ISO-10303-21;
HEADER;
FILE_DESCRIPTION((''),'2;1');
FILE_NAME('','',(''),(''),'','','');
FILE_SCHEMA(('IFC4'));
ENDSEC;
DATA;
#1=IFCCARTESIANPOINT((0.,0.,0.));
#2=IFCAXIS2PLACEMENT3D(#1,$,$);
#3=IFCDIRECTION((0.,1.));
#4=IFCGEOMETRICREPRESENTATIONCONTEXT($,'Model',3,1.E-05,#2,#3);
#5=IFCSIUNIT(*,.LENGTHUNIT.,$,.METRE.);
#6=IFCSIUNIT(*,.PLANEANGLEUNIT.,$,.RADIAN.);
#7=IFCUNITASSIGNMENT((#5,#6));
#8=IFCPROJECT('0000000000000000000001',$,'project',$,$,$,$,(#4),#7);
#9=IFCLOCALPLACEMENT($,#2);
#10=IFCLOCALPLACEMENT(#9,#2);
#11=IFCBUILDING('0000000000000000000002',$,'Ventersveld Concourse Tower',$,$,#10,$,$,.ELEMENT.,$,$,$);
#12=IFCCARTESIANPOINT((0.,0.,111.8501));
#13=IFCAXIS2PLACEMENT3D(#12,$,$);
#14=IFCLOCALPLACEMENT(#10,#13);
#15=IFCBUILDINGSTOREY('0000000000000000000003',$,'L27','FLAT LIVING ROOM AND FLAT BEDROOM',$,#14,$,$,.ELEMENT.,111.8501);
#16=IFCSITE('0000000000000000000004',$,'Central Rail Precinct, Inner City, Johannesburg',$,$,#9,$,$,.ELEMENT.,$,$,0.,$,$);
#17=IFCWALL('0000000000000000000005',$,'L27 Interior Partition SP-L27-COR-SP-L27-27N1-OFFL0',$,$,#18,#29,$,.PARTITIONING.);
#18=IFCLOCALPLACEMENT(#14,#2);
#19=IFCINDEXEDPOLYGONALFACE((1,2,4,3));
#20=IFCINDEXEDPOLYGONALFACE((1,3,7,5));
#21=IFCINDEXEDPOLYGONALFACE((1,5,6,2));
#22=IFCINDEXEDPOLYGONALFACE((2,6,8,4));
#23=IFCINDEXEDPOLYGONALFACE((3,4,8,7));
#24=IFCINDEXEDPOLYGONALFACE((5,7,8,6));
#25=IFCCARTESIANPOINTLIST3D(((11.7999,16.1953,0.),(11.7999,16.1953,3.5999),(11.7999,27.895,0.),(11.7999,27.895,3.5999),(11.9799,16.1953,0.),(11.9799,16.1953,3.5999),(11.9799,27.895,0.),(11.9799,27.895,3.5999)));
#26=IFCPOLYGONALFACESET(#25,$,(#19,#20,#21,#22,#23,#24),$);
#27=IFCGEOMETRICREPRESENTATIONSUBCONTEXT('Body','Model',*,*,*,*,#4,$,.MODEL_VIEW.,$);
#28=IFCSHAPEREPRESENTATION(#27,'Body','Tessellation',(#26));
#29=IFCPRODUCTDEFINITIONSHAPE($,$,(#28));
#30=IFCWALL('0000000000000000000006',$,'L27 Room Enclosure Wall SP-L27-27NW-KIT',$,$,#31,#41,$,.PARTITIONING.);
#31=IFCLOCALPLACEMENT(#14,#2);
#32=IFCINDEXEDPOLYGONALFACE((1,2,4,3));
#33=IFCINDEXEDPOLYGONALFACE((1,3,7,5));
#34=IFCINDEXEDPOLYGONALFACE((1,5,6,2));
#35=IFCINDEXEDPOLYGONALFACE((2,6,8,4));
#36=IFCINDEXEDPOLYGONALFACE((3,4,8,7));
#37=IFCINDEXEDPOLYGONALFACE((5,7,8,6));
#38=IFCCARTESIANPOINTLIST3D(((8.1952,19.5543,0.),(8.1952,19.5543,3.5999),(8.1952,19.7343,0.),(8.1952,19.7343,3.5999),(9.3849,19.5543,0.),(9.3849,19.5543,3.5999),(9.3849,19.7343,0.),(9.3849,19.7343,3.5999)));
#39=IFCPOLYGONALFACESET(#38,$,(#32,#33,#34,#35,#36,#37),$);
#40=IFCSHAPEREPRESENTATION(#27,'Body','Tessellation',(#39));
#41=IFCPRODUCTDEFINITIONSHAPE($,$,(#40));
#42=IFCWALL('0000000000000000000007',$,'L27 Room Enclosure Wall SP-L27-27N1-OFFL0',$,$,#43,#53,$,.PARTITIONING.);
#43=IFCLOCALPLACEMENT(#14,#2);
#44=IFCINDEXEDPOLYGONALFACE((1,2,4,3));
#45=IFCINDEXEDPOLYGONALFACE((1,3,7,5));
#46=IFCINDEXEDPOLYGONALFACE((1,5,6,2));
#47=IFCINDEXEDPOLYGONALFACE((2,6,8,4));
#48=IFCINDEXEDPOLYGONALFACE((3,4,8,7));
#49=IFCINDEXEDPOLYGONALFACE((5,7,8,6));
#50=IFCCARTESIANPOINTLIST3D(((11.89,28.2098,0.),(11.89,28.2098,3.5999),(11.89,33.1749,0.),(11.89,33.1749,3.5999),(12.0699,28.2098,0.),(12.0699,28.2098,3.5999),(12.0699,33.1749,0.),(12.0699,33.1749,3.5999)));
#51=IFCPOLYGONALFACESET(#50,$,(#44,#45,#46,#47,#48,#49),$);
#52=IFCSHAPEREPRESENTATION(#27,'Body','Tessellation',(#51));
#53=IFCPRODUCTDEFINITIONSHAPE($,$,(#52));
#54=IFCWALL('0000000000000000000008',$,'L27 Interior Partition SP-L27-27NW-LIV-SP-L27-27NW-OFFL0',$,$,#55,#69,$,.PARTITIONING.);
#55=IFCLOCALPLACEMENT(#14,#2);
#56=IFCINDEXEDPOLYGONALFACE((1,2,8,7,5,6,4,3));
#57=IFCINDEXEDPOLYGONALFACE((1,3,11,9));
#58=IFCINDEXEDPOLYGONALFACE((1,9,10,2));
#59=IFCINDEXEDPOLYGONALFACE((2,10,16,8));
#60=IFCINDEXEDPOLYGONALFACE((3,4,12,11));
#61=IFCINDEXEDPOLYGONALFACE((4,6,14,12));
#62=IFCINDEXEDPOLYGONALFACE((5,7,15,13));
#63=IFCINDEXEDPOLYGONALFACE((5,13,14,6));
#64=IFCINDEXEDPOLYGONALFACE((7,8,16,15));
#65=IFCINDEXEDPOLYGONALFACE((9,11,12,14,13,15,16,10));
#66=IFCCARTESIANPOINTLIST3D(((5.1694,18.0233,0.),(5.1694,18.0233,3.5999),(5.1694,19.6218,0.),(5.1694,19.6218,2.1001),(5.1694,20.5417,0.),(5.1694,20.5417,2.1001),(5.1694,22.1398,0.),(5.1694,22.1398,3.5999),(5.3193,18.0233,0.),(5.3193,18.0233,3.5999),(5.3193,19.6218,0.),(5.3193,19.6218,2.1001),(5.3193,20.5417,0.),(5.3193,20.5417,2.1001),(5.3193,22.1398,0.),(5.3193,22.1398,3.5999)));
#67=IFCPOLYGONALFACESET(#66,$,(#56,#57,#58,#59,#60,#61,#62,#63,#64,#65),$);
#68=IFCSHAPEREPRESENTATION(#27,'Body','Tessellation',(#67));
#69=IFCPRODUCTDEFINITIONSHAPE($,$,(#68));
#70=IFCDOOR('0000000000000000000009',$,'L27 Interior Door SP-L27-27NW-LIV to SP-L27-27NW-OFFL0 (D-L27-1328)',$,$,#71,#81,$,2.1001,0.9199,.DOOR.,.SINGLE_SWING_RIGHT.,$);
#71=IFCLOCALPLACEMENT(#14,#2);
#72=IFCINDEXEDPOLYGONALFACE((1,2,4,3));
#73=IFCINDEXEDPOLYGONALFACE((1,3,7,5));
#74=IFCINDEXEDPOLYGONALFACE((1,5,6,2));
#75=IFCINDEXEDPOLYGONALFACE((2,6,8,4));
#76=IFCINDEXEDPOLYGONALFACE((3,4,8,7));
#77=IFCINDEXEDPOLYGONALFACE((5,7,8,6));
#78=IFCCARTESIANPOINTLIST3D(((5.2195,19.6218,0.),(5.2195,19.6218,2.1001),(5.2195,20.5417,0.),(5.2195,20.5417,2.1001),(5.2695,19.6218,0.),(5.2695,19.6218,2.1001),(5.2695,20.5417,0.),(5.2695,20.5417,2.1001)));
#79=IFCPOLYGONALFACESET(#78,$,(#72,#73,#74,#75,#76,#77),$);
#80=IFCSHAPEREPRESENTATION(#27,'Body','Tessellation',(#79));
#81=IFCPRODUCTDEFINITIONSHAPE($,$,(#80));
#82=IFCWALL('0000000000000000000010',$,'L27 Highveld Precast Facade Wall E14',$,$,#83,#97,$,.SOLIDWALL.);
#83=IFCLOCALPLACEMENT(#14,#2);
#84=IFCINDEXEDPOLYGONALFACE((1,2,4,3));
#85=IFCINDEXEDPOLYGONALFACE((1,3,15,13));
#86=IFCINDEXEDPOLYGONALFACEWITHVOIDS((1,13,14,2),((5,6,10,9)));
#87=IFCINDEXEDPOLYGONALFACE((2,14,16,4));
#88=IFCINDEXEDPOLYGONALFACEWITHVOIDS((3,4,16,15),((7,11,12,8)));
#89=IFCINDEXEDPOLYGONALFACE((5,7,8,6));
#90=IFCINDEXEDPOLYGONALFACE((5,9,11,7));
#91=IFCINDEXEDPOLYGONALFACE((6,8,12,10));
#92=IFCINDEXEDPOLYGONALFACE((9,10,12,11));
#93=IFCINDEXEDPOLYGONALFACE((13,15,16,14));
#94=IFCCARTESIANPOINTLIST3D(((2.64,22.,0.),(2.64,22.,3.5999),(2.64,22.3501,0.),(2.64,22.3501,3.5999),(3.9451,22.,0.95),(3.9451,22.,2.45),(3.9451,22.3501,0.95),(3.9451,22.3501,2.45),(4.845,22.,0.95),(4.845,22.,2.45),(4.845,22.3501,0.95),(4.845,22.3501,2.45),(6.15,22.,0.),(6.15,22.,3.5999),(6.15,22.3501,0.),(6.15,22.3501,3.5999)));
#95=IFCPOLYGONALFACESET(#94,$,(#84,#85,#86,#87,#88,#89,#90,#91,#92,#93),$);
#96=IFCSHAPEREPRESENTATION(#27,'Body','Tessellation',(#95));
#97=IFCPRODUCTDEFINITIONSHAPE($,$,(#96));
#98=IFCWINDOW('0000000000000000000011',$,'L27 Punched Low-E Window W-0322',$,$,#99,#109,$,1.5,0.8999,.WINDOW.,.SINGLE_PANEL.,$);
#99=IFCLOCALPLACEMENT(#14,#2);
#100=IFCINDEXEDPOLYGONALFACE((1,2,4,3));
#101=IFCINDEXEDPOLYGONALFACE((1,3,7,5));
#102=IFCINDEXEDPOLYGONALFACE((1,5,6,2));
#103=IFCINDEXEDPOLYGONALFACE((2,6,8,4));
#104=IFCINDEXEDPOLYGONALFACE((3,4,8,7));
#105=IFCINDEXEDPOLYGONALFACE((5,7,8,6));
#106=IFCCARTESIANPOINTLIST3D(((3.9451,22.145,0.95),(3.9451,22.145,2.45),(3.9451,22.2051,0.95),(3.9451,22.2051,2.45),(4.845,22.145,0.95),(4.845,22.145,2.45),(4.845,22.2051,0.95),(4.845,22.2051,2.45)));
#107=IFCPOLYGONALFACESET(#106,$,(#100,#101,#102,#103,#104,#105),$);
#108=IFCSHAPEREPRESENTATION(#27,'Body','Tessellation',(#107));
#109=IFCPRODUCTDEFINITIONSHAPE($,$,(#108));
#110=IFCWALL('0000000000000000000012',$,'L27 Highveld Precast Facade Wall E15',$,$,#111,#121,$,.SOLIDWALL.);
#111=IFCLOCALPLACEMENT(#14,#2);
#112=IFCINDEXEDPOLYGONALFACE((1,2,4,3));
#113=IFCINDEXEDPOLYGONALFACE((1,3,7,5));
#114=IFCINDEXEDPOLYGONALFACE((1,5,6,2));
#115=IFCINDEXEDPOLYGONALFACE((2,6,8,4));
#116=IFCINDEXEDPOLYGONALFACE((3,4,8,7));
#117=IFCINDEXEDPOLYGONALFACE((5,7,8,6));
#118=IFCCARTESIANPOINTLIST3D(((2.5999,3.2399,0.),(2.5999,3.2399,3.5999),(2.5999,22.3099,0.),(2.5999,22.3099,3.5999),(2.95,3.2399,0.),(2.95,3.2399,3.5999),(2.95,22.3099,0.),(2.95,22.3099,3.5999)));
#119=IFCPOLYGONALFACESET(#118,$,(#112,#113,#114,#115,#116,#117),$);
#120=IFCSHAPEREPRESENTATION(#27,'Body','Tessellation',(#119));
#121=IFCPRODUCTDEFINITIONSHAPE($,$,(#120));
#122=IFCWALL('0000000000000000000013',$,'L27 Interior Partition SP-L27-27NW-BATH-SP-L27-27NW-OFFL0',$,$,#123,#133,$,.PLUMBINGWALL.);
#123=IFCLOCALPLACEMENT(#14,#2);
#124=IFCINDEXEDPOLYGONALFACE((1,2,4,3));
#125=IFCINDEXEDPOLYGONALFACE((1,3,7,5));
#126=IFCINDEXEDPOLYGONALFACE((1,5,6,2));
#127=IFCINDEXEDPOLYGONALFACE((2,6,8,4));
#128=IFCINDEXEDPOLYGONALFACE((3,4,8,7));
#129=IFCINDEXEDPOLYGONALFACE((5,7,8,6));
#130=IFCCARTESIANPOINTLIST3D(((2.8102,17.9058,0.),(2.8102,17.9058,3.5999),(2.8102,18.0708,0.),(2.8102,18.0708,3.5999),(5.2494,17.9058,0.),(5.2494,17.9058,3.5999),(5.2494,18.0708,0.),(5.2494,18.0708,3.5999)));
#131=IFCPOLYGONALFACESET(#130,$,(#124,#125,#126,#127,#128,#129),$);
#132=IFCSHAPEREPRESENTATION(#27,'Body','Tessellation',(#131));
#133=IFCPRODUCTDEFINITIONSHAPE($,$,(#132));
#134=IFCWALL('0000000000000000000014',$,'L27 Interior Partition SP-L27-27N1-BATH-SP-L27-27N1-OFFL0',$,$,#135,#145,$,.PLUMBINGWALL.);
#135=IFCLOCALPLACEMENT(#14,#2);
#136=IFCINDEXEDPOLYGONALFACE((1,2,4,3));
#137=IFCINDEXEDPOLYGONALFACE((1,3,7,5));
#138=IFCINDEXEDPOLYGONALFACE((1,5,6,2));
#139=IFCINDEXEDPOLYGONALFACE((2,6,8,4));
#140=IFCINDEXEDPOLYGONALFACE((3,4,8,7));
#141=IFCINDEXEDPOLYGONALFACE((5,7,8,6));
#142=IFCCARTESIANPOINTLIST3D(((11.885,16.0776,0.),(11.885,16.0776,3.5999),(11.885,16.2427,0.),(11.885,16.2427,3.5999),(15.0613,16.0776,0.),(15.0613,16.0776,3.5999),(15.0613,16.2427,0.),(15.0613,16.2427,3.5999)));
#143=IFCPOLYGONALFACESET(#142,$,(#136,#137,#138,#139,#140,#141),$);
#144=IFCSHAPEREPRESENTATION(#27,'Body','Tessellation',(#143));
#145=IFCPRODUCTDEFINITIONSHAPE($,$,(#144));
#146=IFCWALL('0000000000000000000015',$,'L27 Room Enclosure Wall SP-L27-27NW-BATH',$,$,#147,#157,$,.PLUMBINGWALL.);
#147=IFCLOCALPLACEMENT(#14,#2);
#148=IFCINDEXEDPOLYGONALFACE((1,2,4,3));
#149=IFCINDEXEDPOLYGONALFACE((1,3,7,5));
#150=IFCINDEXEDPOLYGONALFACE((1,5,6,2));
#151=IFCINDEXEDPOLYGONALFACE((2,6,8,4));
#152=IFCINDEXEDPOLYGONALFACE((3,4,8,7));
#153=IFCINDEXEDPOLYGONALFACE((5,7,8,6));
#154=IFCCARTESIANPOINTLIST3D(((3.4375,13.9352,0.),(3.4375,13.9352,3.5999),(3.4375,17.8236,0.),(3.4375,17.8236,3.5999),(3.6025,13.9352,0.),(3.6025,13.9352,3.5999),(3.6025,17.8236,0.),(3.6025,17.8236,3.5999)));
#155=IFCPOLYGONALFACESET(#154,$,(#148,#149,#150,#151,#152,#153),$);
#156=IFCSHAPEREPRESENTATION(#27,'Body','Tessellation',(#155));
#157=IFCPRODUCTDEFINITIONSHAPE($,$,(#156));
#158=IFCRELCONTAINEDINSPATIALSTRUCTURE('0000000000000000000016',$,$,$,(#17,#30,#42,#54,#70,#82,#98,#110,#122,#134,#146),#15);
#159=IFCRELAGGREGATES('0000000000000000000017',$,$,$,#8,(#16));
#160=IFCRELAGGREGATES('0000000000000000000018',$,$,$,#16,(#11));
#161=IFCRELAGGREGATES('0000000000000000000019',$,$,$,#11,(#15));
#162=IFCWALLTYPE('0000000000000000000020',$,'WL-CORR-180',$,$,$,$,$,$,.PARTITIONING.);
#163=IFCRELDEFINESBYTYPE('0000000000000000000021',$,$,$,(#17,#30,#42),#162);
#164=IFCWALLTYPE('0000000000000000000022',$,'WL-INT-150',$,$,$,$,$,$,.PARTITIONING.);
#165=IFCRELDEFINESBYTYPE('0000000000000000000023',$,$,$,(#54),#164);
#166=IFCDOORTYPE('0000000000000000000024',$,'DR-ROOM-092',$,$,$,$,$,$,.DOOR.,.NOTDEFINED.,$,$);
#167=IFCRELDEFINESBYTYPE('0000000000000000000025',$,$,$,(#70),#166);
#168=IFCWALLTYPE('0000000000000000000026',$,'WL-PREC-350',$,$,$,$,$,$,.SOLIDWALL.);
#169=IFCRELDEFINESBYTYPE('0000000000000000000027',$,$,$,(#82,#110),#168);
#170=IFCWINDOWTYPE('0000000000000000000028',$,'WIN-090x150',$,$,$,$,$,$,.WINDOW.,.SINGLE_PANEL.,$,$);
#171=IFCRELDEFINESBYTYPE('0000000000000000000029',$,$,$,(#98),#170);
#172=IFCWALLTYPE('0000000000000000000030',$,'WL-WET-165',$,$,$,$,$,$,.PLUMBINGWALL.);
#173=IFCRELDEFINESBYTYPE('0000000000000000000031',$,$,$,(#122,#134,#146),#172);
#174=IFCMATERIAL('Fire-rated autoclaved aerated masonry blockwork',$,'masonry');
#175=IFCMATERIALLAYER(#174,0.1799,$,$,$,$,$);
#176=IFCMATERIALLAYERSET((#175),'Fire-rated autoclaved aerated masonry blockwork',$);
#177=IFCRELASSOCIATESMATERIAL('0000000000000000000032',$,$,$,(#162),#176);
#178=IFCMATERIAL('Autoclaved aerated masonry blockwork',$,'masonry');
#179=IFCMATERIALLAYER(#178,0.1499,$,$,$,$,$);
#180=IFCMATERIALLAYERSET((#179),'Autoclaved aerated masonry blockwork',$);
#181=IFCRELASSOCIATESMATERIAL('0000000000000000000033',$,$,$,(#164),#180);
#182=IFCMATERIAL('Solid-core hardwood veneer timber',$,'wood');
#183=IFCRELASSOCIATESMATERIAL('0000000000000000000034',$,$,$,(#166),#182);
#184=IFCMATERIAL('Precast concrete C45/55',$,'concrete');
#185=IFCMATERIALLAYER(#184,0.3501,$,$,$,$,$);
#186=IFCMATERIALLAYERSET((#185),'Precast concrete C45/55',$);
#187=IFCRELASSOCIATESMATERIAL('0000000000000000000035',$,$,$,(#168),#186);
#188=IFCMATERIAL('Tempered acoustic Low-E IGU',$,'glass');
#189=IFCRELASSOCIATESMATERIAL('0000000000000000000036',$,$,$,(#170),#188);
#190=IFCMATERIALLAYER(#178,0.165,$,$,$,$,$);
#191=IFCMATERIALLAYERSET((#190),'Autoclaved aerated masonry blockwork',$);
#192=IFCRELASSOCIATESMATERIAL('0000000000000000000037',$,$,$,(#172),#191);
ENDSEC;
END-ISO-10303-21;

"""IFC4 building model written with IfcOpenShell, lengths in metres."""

from ifc_helpers import new_model, si_unit, direction, frame, frame_2d, origin, place, context, subcontext, project, spatial, rectangle, extrude, material, layer, layer_set, type_object, element, fill, save


model = new_model("IFC4")

# Units and contexts
model_context = context("Model", 3, precision=1e-05, world=origin(), true_north=direction((0.0, 1.0)))
body_context = subcontext(model_context, "Body", "Model", "MODEL_VIEW")
ifc_project = project(units=[si_unit("LENGTHUNIT", "METRE"), si_unit("PLANEANGLEUNIT", "RADIAN")], contexts=[model_context])

# Site, building, storey
site_placement = place(None, origin())
site = spatial("IfcSite", under=ifc_project, at=site_placement, Name="Central Rail Precinct, Inner City, Johannesburg", CompositionType="ELEMENT", RefElevation=0.0)
building_placement = place(site_placement, origin())
building = spatial("IfcBuilding", under=site, at=building_placement, Name="Ventersveld Concourse Tower", CompositionType="ELEMENT")
storey_placement = place(building_placement, frame((0.0, 0.0, 111.8501)))
storey = spatial("IfcBuildingStorey", under=building, at=storey_placement, Name="L27", Description="FLAT LIVING ROOM AND FLAT BEDROOM", CompositionType="ELEMENT", Elevation=111.8501)

# Walls
ifc_material_1 = material(Name="Fire-rated autoclaved aerated masonry blockwork", Category="masonry")
ifc_layer_1 = layer(ifc_material_1, 0.1799)
ifc_layer_set_1 = layer_set([ifc_layer_1], Name="Fire-rated autoclaved aerated masonry blockwork")
wall_type_1 = type_object("IfcWallType", Name="WL-CORR-180", PredefinedType="PARTITIONING", material=ifc_layer_set_1)
wall_1_placement = place(storey_placement, frame((11.8899, 16.1953, 0.0), z_axis=(0.0, 0.0, 1.0), x_axis=(0.0, 1.0, 0.0)))
element("IfcWall", 1, at=wall_1_placement, inside=storey, type_object=wall_type_1, Name="L27 Interior Partition SP-L27-COR-SP-L27-27N1-OFFL0", PredefinedType="PARTITIONING", context=body_context, shape_type="SweptSolid", body=[
    extrude(rectangle(XDim=11.6997, YDim=0.1799, at=frame_2d((5.8499, 0.0))), origin(), (0.0, 0.0, 1.0), 3.5999),
])
wall_2_placement = place(storey_placement, frame((8.1953, 19.6443, 0.0), z_axis=(0.0, 0.0, 1.0), x_axis=(1.0, 0.0, 0.0)))
element("IfcWall", 2, at=wall_2_placement, inside=storey, type_object=wall_type_1, Name="L27 Room Enclosure Wall SP-L27-27NW-KIT", PredefinedType="PARTITIONING", context=body_context, shape_type="SweptSolid", body=[
    extrude(rectangle(XDim=1.1897, YDim=0.1799, at=frame_2d((0.5947, 0.0))), origin(), (0.0, 0.0, 1.0), 3.5999),
])
wall_3_placement = place(storey_placement, frame((11.98, 28.21, 0.0), z_axis=(0.0, 0.0, 1.0), x_axis=(0.0, 1.0, 0.0)))
element("IfcWall", 3, at=wall_3_placement, inside=storey, type_object=wall_type_1, Name="L27 Room Enclosure Wall SP-L27-27N1-OFFL0", PredefinedType="PARTITIONING", context=body_context, shape_type="SweptSolid", body=[
    extrude(rectangle(XDim=4.9651, YDim=0.1799, at=frame_2d((2.4824, 0.0))), origin(), (0.0, 0.0, 1.0), 3.5999),
])

# Wall, opening, door
ifc_material_2 = material(Name="Autoclaved aerated masonry blockwork", Category="masonry")
ifc_layer_2 = layer(ifc_material_2, 0.1499)
ifc_layer_set_2 = layer_set([ifc_layer_2], Name="Autoclaved aerated masonry blockwork")
wall_type_2 = type_object("IfcWallType", Name="WL-INT-150", PredefinedType="PARTITIONING", material=ifc_layer_set_2)
wall_4_placement = place(storey_placement, frame((5.2444, 18.0234, 0.0), z_axis=(0.0, 0.0, 1.0), x_axis=(0.0, 1.0, 0.0)))
wall_4 = element("IfcWall", 4, at=wall_4_placement, inside=storey, type_object=wall_type_2, Name="L27 Interior Partition SP-L27-27NW-LIV-SP-L27-27NW-OFFL0", PredefinedType="PARTITIONING", context=body_context, shape_type="SweptSolid", body=[
    extrude(rectangle(XDim=4.1165, YDim=0.1499, at=frame_2d((2.0581, 0.0))), origin(), (0.0, 0.0, 1.0), 3.5999),
])
opening_1_placement = place(wall_4_placement, frame((1.5984, 0.0, 0.0)))
opening_1 = element("IfcOpeningElement", 5, at=opening_1_placement, cuts=wall_4, PredefinedType="OPENING", context=body_context, shape_type="SweptSolid", body=[
    extrude(rectangle(XDim=0.9199, YDim=2.1001, at=frame_2d((0.46, 1.05))), frame((0.0, 0.085, 0.0), z_axis=(0.0, -1.0, 0.0), x_axis=(1.0, 0.0, 0.0)), (0.0, 0.0, 1.0), 0.1699),
])
ifc_material_3 = material(Name="Solid-core hardwood veneer timber", Category="wood")
door_type = type_object("IfcDoorType", Name="DR-ROOM-092", OperationType="NOTDEFINED", PredefinedType="DOOR", material=ifc_material_3)
door_placement = place(opening_1_placement, origin())
door = element("IfcDoor", 6, at=door_placement, inside=storey, type_object=door_type, Name="L27 Interior Door SP-L27-27NW-LIV to SP-L27-27NW-OFFL0 (D-L27-1328)", OperationType="SINGLE_SWING_RIGHT", OverallHeight=2.1001, OverallWidth=0.9199, PredefinedType="DOOR", context=body_context, shape_type="SweptSolid", body=[
    extrude(rectangle(XDim=0.9199, YDim=2.1001, at=frame_2d((0.46, 1.05))), frame((0.0, 0.0249, 0.0), z_axis=(0.0, -1.0, 0.0), x_axis=(1.0, 0.0, 0.0)), (0.0, 0.0, 1.0), 0.05),
])
fill(opening_1, door)

# Wall, opening, window
ifc_material_4 = material(Name="Precast concrete C45/55", Category="concrete")
ifc_layer_3 = layer(ifc_material_4, 0.3501)
ifc_layer_set_3 = layer_set([ifc_layer_3], Name="Precast concrete C45/55")
wall_type_3 = type_object("IfcWallType", Name="WL-PREC-350", PredefinedType="SOLIDWALL", material=ifc_layer_set_3)
wall_5_placement = place(storey_placement, frame((6.1499, 22.175, 0.0), z_axis=(0.0, 0.0, 1.0), x_axis=(-1.0, 0.0, 0.0)))
wall_5 = element("IfcWall", 7, at=wall_5_placement, inside=storey, type_object=wall_type_3, Name="L27 Highveld Precast Facade Wall E14", PredefinedType="SOLIDWALL", context=body_context, shape_type="SweptSolid", body=[
    extrude(rectangle(XDim=3.51, YDim=0.3501, at=frame_2d((1.7549, 0.0))), origin(), (0.0, 0.0, 1.0), 3.5999),
])
opening_2_placement = place(wall_5_placement, frame((1.3049, 0.0, 0.95)))
opening_2 = element("IfcOpeningElement", 8, at=opening_2_placement, cuts=wall_5, PredefinedType="OPENING", context=body_context, shape_type="SweptSolid", body=[
    extrude(rectangle(XDim=0.8999, YDim=1.5, at=frame_2d((0.45, 0.75))), frame((0.0, 0.1851, 0.0), z_axis=(0.0, -1.0, 0.0), x_axis=(1.0, 0.0, 0.0)), (0.0, 0.0, 1.0), 0.3701),
])
ifc_material_5 = material(Name="Tempered acoustic Low-E IGU", Category="glass")
window_type = type_object("IfcWindowType", Name="WIN-090x150", PartitioningType="SINGLE_PANEL", PredefinedType="WINDOW", material=ifc_material_5)
window_placement = place(opening_2_placement, origin())
window = element("IfcWindow", 9, at=window_placement, inside=storey, type_object=window_type, Name="L27 Punched Low-E Window W-0322", OverallHeight=1.5, OverallWidth=0.8999, PartitioningType="SINGLE_PANEL", PredefinedType="WINDOW", context=body_context, shape_type="SweptSolid", body=[
    extrude(rectangle(XDim=0.8999, YDim=1.5, at=frame_2d((0.45, 0.75))), frame((0.0, 0.03, 0.0), z_axis=(0.0, -1.0, 0.0), x_axis=(1.0, 0.0, 0.0)), (0.0, 0.0, 1.0), 0.0601),
])
fill(opening_2, window)

# Walls
wall_6_placement = place(storey_placement, frame((2.7749, 22.3101, 0.0), z_axis=(0.0, 0.0, 1.0), x_axis=(0.0, -1.0, 0.0)))
element("IfcWall", 10, at=wall_6_placement, inside=storey, type_object=wall_type_3, Name="L27 Highveld Precast Facade Wall E15", PredefinedType="SOLIDWALL", context=body_context, shape_type="SweptSolid", body=[
    extrude(rectangle(XDim=19.0701, YDim=0.3501, at=frame_2d((9.5352, 0.0))), origin(), (0.0, 0.0, 1.0), 3.5999),
])
ifc_layer_4 = layer(ifc_material_2, 0.165)
ifc_layer_set_4 = layer_set([ifc_layer_4], Name="Autoclaved aerated masonry blockwork")
wall_type_4 = type_object("IfcWallType", Name="WL-WET-165", PredefinedType="PLUMBINGWALL", material=ifc_layer_set_4)
wall_7_placement = place(storey_placement, frame((2.8101, 17.9883, 0.0), z_axis=(0.0, 0.0, 1.0), x_axis=(1.0, 0.0, 0.0)))
element("IfcWall", 11, at=wall_7_placement, inside=storey, type_object=wall_type_4, Name="L27 Interior Partition SP-L27-27NW-BATH-SP-L27-27NW-OFFL0", PredefinedType="PLUMBINGWALL", context=body_context, shape_type="SweptSolid", body=[
    extrude(rectangle(XDim=2.4392, YDim=0.165, at=frame_2d((1.2197, 0.0))), origin(), (0.0, 0.0, 1.0), 3.5999),
])
wall_8_placement = place(storey_placement, frame((11.885, 16.1602, 0.0), z_axis=(0.0, 0.0, 1.0), x_axis=(1.0, 0.0, 0.0)))
element("IfcWall", 12, at=wall_8_placement, inside=storey, type_object=wall_type_4, Name="L27 Interior Partition SP-L27-27N1-BATH-SP-L27-27N1-OFFL0", PredefinedType="PLUMBINGWALL", context=body_context, shape_type="SweptSolid", body=[
    extrude(rectangle(XDim=3.1763, YDim=0.165, at=frame_2d((1.5881, 0.0))), origin(), (0.0, 0.0, 1.0), 3.5999),
])
wall_9_placement = place(storey_placement, frame((3.52, 13.9351, 0.0), z_axis=(0.0, 0.0, 1.0), x_axis=(0.0, 1.0, 0.0)))
element("IfcWall", 13, at=wall_9_placement, inside=storey, type_object=wall_type_4, Name="L27 Room Enclosure Wall SP-L27-27NW-BATH", PredefinedType="PLUMBINGWALL", context=body_context, shape_type="SweptSolid", body=[
    extrude(rectangle(XDim=3.8884, YDim=0.165, at=frame_2d((1.9443, 0.0))), origin(), (0.0, 0.0, 1.0), 3.5999),
])

save(model, "model.ifc")
